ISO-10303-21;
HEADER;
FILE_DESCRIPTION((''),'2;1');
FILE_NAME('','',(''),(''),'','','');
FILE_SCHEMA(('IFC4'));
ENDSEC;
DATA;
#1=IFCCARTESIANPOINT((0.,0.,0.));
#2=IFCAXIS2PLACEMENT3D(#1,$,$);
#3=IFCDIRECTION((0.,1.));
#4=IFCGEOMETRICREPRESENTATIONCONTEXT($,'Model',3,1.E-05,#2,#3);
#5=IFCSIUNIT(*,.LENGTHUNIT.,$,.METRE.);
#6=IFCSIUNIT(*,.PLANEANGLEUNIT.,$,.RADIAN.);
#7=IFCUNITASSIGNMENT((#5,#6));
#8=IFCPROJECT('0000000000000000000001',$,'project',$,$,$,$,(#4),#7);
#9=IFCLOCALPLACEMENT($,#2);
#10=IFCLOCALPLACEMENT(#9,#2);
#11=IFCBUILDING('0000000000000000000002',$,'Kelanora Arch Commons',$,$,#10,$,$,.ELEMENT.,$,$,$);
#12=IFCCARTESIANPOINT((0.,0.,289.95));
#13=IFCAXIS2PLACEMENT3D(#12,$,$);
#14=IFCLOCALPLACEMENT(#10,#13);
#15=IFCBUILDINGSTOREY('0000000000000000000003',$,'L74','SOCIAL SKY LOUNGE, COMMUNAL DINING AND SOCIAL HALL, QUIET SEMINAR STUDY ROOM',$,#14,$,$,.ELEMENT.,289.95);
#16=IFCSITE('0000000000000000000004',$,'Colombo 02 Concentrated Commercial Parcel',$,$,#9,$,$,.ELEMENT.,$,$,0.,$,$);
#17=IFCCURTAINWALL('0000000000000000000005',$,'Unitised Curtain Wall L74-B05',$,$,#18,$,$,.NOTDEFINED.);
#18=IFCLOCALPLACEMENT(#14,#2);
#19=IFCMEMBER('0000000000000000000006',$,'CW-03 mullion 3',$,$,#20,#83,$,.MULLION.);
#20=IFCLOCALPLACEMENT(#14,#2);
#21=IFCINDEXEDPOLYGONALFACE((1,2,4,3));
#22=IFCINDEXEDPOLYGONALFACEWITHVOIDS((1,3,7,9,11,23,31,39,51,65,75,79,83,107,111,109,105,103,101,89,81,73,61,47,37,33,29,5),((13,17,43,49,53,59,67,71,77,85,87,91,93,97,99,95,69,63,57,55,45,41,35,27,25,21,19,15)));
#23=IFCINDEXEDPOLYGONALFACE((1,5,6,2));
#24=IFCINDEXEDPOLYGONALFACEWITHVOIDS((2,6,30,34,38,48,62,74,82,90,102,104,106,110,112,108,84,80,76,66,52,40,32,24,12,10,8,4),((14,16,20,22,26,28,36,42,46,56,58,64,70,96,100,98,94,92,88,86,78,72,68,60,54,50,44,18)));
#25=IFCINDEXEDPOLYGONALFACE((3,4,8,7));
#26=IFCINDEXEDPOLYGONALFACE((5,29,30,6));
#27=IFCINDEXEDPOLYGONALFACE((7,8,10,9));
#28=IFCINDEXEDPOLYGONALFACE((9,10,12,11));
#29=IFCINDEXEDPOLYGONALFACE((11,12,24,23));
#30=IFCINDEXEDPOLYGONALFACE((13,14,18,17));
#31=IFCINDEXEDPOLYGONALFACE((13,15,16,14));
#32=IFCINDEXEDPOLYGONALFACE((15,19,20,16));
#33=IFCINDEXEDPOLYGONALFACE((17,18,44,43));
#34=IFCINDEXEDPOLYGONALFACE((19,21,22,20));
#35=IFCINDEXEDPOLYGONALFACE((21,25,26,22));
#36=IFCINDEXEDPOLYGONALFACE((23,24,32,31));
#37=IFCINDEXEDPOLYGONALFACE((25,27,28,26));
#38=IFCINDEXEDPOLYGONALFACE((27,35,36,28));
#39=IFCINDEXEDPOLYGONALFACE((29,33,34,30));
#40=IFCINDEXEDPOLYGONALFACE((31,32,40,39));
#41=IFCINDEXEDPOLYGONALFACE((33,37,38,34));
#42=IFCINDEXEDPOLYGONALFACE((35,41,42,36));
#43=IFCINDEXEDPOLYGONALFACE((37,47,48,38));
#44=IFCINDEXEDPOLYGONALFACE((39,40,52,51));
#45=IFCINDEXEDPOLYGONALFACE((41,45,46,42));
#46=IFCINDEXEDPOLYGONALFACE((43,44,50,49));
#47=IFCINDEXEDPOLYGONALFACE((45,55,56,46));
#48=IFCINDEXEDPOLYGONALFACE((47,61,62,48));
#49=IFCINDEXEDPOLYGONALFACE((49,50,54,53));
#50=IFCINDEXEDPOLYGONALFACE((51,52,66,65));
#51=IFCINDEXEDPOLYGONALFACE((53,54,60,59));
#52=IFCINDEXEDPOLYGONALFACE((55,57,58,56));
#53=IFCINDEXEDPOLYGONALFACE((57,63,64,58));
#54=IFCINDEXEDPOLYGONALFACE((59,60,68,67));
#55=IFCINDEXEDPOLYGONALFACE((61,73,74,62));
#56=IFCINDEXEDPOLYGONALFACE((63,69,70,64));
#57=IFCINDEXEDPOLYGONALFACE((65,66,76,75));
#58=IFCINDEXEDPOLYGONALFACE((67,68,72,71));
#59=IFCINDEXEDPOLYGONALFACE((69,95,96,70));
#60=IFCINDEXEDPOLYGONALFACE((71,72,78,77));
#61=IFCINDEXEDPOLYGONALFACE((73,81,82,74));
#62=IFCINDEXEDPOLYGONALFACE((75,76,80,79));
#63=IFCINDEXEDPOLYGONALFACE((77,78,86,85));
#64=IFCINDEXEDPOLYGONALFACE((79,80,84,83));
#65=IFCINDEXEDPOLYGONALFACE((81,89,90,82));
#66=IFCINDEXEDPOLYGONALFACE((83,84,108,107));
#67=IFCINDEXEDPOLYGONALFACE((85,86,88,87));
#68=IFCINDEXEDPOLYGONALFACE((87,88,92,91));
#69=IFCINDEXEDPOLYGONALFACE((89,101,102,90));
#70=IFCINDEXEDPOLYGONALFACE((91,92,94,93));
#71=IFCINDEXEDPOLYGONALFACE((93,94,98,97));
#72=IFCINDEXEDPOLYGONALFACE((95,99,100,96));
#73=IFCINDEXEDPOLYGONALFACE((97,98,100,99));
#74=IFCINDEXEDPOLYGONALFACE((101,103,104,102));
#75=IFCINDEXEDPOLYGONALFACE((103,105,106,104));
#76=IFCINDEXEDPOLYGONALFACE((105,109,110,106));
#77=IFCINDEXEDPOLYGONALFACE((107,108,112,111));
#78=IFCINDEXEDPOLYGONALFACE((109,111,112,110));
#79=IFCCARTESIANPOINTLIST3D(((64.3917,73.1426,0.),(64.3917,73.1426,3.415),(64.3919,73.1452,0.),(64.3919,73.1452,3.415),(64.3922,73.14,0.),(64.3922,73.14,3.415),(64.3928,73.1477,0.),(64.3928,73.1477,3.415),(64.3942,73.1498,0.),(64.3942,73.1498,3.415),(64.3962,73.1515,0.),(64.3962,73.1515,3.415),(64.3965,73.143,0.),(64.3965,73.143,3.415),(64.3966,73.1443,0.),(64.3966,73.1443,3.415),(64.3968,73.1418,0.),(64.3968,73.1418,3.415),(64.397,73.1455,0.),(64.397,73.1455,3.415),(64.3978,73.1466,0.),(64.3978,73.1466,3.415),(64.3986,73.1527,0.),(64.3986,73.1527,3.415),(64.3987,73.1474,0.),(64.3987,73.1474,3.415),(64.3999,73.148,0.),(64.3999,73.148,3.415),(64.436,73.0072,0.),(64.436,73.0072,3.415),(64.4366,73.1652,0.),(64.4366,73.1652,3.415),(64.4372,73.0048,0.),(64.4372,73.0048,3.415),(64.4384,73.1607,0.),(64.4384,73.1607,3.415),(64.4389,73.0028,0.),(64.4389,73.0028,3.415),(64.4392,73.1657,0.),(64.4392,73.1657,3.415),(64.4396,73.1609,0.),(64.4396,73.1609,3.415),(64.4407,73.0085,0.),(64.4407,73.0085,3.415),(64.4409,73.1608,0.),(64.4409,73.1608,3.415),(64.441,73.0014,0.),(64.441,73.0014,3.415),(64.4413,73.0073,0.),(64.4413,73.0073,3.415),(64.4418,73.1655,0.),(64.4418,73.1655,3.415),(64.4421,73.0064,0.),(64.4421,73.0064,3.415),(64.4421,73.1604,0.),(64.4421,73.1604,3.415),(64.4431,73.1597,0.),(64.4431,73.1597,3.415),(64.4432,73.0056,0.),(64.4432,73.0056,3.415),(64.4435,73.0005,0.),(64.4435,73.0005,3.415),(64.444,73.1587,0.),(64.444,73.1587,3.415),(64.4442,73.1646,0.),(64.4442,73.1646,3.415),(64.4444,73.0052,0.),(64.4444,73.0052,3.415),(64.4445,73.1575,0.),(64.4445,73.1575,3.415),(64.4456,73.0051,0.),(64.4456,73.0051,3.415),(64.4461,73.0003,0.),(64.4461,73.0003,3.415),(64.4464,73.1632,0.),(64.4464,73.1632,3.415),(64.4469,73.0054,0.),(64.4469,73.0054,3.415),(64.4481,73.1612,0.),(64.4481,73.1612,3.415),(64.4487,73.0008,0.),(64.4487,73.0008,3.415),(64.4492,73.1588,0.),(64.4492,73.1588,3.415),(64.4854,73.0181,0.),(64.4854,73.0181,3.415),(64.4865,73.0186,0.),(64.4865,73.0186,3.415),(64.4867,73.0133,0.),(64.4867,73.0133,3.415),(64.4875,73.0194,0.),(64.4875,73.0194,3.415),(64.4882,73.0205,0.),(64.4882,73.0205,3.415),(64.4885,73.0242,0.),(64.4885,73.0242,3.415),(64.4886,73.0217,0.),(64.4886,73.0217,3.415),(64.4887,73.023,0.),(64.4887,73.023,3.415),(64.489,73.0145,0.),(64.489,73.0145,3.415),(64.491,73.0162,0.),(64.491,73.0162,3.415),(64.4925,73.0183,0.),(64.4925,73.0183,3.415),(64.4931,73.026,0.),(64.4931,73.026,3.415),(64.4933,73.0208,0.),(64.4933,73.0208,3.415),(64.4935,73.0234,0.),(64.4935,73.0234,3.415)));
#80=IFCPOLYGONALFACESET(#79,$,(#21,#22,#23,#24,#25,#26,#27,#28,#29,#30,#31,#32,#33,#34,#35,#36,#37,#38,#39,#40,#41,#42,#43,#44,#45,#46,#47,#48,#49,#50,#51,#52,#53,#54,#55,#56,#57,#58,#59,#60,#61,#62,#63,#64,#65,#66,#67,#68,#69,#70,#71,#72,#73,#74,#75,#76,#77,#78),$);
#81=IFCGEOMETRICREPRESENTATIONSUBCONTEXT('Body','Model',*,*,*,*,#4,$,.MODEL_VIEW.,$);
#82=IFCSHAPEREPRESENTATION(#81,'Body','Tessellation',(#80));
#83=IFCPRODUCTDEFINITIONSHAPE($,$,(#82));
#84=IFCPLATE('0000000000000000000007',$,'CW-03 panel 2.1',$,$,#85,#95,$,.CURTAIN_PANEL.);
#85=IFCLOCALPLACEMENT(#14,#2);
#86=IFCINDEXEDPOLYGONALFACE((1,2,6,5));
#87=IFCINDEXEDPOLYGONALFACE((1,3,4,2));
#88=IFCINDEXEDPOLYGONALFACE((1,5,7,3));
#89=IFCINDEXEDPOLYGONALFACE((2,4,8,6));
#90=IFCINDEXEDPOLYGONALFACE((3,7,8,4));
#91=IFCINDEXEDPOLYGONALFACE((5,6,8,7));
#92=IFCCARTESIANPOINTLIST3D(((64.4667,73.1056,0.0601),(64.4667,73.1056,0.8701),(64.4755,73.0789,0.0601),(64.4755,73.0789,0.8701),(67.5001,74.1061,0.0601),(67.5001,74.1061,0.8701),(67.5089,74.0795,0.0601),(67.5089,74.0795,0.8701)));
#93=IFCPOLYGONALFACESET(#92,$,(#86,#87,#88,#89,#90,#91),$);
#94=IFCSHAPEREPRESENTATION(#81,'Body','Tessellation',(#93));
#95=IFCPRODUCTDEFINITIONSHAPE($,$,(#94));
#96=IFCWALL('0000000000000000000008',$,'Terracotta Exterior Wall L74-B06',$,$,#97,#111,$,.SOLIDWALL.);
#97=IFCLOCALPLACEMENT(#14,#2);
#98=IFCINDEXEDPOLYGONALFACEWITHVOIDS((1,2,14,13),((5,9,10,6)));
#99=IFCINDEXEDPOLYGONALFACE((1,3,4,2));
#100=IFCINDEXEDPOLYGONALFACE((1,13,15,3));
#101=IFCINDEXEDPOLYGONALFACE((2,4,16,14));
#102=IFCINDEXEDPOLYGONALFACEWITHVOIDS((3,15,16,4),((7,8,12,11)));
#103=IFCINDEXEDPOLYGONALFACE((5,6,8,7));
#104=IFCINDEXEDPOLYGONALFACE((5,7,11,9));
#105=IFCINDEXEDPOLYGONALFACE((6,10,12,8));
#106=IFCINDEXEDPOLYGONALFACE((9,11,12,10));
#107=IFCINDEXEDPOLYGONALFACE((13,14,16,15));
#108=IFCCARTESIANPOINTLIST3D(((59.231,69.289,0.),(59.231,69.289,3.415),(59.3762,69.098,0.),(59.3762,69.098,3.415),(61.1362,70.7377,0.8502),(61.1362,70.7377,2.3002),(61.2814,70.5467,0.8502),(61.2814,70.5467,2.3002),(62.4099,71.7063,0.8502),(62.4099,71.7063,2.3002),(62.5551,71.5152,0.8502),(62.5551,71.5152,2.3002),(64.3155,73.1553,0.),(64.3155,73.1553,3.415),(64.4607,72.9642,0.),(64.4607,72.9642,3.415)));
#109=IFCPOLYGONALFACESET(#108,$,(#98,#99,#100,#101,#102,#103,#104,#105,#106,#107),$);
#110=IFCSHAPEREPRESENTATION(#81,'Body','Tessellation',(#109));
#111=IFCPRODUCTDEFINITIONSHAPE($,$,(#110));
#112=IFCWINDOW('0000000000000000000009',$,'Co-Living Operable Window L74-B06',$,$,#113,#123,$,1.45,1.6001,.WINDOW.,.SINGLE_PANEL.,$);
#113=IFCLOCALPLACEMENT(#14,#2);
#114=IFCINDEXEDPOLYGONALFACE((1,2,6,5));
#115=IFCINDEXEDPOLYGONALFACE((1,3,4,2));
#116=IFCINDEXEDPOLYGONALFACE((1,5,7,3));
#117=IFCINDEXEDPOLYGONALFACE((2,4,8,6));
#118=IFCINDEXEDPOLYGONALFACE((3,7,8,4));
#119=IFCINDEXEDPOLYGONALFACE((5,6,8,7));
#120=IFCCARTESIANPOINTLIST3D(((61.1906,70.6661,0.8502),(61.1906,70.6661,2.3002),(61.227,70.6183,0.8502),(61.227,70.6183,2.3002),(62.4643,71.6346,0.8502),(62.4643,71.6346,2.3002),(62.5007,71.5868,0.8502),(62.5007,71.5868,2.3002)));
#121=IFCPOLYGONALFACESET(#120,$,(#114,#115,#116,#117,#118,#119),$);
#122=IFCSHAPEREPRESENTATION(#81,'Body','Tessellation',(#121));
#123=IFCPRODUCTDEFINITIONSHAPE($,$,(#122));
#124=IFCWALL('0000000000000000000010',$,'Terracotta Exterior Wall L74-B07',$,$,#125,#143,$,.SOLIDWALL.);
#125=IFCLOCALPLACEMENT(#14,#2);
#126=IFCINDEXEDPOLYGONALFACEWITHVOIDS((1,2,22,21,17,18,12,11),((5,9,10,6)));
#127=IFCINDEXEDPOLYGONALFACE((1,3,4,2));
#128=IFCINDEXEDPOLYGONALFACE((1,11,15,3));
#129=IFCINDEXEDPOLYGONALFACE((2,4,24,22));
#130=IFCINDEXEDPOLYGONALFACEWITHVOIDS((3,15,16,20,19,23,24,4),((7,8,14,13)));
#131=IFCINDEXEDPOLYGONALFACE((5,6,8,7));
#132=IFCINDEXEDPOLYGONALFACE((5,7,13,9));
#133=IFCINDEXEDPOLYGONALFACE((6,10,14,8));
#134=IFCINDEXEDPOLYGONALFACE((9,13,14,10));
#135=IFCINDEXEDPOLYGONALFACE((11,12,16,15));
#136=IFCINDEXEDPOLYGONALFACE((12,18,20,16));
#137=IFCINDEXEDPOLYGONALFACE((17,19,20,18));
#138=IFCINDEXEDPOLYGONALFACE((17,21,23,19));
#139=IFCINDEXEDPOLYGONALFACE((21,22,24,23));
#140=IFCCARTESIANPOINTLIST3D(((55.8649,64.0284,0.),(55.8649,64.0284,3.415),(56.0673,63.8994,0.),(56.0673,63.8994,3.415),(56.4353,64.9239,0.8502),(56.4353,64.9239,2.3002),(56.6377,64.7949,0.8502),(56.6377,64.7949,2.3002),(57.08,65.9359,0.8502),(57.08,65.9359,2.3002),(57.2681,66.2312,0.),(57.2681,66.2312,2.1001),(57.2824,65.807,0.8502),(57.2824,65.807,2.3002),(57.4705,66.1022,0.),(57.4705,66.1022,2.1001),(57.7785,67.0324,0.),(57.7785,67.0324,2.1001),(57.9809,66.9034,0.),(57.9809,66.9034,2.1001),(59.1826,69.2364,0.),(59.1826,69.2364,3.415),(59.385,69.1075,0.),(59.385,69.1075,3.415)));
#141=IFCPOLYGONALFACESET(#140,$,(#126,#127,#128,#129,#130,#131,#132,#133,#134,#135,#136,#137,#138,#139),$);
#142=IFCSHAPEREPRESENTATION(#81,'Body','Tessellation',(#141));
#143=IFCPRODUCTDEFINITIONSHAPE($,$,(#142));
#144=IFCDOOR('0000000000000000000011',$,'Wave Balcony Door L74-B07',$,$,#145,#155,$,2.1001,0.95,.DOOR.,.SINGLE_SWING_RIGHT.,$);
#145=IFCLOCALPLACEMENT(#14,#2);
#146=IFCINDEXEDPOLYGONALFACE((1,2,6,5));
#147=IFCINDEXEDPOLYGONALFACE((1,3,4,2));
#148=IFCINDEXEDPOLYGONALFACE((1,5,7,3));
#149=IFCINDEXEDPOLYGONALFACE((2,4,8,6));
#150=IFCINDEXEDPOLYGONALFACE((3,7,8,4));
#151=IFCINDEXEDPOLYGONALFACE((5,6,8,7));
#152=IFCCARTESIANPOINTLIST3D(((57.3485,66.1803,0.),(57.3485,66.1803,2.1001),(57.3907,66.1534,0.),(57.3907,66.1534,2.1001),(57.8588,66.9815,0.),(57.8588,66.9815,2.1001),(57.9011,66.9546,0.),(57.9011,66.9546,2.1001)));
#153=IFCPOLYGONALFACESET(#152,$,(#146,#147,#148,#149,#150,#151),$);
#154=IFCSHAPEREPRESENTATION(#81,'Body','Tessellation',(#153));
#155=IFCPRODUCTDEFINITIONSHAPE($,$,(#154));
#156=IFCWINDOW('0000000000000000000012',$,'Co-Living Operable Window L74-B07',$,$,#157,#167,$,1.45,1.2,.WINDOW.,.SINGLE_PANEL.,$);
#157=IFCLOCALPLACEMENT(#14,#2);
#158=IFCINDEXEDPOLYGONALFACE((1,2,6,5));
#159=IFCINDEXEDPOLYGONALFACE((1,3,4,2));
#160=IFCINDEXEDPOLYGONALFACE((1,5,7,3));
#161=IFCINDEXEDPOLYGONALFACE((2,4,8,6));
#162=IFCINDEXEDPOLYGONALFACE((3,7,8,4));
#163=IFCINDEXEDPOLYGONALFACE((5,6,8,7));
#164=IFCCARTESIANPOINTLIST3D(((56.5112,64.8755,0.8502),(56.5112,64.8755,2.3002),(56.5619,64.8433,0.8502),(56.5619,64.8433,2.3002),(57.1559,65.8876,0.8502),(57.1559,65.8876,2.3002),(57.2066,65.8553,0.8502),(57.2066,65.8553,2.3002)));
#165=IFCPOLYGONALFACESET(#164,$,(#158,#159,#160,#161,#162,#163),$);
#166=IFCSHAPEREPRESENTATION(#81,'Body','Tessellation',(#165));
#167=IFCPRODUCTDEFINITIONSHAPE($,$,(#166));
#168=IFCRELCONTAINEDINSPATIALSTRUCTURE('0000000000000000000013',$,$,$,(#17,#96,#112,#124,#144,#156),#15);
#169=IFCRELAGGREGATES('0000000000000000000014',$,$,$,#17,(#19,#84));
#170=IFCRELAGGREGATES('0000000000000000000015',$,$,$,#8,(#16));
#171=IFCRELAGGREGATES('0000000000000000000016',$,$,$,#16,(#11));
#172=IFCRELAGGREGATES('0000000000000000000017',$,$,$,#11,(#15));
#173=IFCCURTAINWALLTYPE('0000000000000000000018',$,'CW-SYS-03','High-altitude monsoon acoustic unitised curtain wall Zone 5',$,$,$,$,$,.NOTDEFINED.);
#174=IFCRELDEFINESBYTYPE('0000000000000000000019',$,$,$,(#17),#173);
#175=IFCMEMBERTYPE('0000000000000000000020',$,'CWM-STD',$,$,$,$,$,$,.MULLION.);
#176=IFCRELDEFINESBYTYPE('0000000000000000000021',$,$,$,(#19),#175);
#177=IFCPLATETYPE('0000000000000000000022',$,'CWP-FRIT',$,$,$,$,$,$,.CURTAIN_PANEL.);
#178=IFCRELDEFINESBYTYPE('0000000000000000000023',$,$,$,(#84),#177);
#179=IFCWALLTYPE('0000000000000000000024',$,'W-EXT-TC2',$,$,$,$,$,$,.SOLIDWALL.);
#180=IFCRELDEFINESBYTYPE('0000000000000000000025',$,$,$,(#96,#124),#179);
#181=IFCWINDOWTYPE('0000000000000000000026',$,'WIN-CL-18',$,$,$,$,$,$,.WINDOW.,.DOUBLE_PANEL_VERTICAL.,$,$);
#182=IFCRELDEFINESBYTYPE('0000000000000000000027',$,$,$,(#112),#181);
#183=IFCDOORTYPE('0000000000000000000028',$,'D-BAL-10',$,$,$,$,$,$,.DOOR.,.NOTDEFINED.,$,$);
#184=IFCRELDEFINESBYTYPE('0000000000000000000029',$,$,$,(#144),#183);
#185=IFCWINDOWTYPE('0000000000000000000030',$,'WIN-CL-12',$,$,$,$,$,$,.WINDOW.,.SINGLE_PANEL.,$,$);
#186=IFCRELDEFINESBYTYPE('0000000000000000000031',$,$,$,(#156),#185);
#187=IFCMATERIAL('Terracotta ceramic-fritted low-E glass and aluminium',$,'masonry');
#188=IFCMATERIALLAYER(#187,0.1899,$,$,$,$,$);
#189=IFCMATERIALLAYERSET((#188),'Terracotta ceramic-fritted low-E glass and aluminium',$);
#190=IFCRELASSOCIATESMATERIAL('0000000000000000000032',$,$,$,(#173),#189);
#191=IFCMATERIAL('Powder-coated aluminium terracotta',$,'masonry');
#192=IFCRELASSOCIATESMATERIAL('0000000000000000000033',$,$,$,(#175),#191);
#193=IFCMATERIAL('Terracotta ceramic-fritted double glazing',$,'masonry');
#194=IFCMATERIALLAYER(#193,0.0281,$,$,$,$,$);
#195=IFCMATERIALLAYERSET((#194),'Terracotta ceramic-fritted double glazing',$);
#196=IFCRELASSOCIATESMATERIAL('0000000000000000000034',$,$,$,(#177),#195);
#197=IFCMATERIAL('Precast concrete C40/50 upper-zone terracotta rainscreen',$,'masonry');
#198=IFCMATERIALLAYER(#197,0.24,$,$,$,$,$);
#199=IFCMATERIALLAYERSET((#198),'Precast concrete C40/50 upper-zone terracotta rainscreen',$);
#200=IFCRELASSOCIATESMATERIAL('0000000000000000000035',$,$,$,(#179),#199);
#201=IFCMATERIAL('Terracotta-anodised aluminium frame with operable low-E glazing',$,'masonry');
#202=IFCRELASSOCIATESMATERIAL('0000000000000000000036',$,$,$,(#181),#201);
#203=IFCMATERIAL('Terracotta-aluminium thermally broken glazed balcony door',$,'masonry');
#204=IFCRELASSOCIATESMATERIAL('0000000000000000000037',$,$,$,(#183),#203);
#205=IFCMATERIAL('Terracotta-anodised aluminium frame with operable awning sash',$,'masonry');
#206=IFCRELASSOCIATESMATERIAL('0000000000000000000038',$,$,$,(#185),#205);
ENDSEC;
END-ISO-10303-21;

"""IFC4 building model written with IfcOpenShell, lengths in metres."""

from ifc_helpers import new_model, si_unit, direction, frame, frame_2d, origin, origin_2d, place, context, subcontext, project, spatial, rectangle, hollow_rectangle, extrude, source, transform, mapped, material, layer, layer_set, material_profile, profile_set, type_object, element, fill, aggregate, save


model = new_model("IFC4")

# Units and contexts
model_context = context("Model", 3, precision=1e-05, world=origin(), true_north=direction((0.0, 1.0)))
body_context = subcontext(model_context, "Body", "Model", "MODEL_VIEW")
ifc_project = project(units=[si_unit("LENGTHUNIT", "METRE"), si_unit("PLANEANGLEUNIT", "RADIAN")], contexts=[model_context])

# Site, building, storey
site_placement = place(None, origin())
site = spatial("IfcSite", under=ifc_project, at=site_placement, Name="Colombo 02 Concentrated Commercial Parcel", CompositionType="ELEMENT", RefElevation=0.0)
building_placement = place(site_placement, origin())
building = spatial("IfcBuilding", under=site, at=building_placement, Name="Kelanora Arch Commons", CompositionType="ELEMENT")
storey_placement = place(building_placement, frame((0.0, 0.0, 289.95)))
storey = spatial("IfcBuildingStorey", under=building, at=storey_placement, Name="L74", Description="SOCIAL SKY LOUNGE, COMMUNAL DINING AND SOCIAL HALL, QUIET SEMINAR STUDY ROOM", CompositionType="ELEMENT", Elevation=289.95)

# Curtain wall, member, plate
ifc_material_1 = material(Name="Terracotta ceramic-fritted low-E glass and aluminium", Category="masonry")
ifc_layer_1 = layer(ifc_material_1, 0.1899)
ifc_layer_set_1 = layer_set([ifc_layer_1], Name="Terracotta ceramic-fritted low-E glass and aluminium")
curtain_wall_type = type_object("IfcCurtainWallType", Name="CW-SYS-03", Description="High-altitude monsoon acoustic unitised curtain wall Zone 5", PredefinedType="NOTDEFINED", material=ifc_layer_set_1)
curtain_wall_placement = place(storey_placement, origin())
curtain_wall = element("IfcCurtainWall", 1, at=curtain_wall_placement, inside=storey, type_object=curtain_wall_type, Name="Unitised Curtain Wall L74-B05", PredefinedType="NOTDEFINED")
ifc_material_2 = material(Name="Powder-coated aluminium terracotta", Category="masonry")
ifc_material_profile_1 = material_profile(ifc_material_2, hollow_rectangle(XDim=0.1599, YDim=0.0601, WallThickness=0.0049, InnerFilletRadius=0.0049, OuterFilletRadius=0.01, at=origin_2d()), Name="CWM160x60")
ifc_profile_set_1 = profile_set([ifc_material_profile_1], Name="Powder-coated aluminium terracotta")
member_type = type_object("IfcMemberType", Name="CWM-STD", PredefinedType="MULLION", material=ifc_profile_set_1)
member_placement = place(storey_placement, frame((64.4426, 73.083, 0.0), z_axis=(0.0, 0.0, 1.0), x_axis=(0.313253, -0.94967, 0.0)))
member = element("IfcMember", 2, at=member_placement, type_object=member_type, Name="CW-03 mullion 3", PredefinedType="MULLION", context=body_context, shape_type="SweptSolid", body=[
    extrude(hollow_rectangle(XDim=0.1599, YDim=0.0601, WallThickness=0.0049, InnerFilletRadius=0.0049, OuterFilletRadius=0.01, at=origin_2d()), origin(), (0.0, 0.0, 1.0), 3.415),
])
ifc_material_3 = material(Name="Terracotta ceramic-fritted double glazing", Category="masonry")
ifc_layer_2 = layer(ifc_material_3, 0.0281)
ifc_layer_set_2 = layer_set([ifc_layer_2], Name="Terracotta ceramic-fritted double glazing")
plate_type = type_object("IfcPlateType", Name="CWP-FRIT", PredefinedType="CURTAIN_PANEL", material=ifc_layer_set_2)
shared_shape_1 = source(origin(), body_context, "Body", "SweptSolid", [
    extrude(rectangle(XDim=3.1941, YDim=0.0281, at=origin_2d()), origin(), (0.0, 0.0, 1.0), 0.8101),
])
plate_placement = place(storey_placement, frame((65.9878, 73.5925, 0.0601), z_axis=(0.0, 0.0, 1.0), x_axis=(-0.94967, -0.313253, 0.0)))
plate = element("IfcPlate", 3, at=plate_placement, type_object=plate_type, Name="CW-03 panel 2.1", PredefinedType="CURTAIN_PANEL", context=body_context, shape_type="MappedRepresentation", body=[
    mapped(shared_shape_1, transform((0.0, 0.0, 0.0), scale=1.0)),
])
aggregate(curtain_wall, [member, plate])

# Wall, opening, window
ifc_material_4 = material(Name="Precast concrete C40/50 upper-zone terracotta rainscreen", Category="masonry")
ifc_layer_3 = layer(ifc_material_4, 0.24)
ifc_layer_set_3 = layer_set([ifc_layer_3], Name="Precast concrete C40/50 upper-zone terracotta rainscreen")
wall_type_1 = type_object("IfcWallType", Name="W-EXT-TC2", PredefinedType="SOLIDWALL", material=ifc_layer_set_3)
wall_1_placement = place(storey_placement, frame((64.3882, 73.0598, 0.0), z_axis=(0.0, 0.0, 1.0), x_axis=(-0.79601, -0.605283, 0.0)))
wall_1 = element("IfcWall", 4, at=wall_1_placement, inside=storey, type_object=wall_type_1, Name="Terracotta Exterior Wall L74-B06", PredefinedType="SOLIDWALL", context=body_context, shape_type="SweptSolid", body=[
    extrude(rectangle(XDim=6.3875, YDim=0.24, at=frame_2d((3.1938, 0.0))), origin(), (0.0, 0.0, 1.0), 3.415),
])
opening_1_placement = place(wall_1_placement, frame((2.394, 0.0, 0.8501)))
opening_1 = element("IfcOpeningElement", 5, at=opening_1_placement, cuts=wall_1, PredefinedType="OPENING", context=body_context, shape_type="SweptSolid", body=[
    extrude(rectangle(XDim=1.6001, YDim=1.45, at=frame_2d((0.8, 0.7251))), frame((0.0, 0.1299, 0.0), z_axis=(0.0, -1.0, 0.0), x_axis=(1.0, 0.0, 0.0)), (0.0, 0.0, 1.0), 0.26),
])
ifc_material_5 = material(Name="Terracotta-anodised aluminium frame with operable low-E glazing", Category="masonry")
window_type_1 = type_object("IfcWindowType", Name="WIN-CL-18", PartitioningType="DOUBLE_PANEL_VERTICAL", PredefinedType="WINDOW", material=ifc_material_5)
window_1_placement = place(opening_1_placement, origin())
window_1 = element("IfcWindow", 6, at=window_1_placement, inside=storey, type_object=window_type_1, Name="Co-Living Operable Window L74-B06", OverallHeight=1.45, OverallWidth=1.6001, PartitioningType="SINGLE_PANEL", PredefinedType="WINDOW", context=body_context, shape_type="SweptSolid", body=[
    extrude(rectangle(XDim=1.6001, YDim=1.45, at=frame_2d((0.8, 0.7251))), frame((0.0, 0.03, 0.0), z_axis=(0.0, -1.0, 0.0), x_axis=(1.0, 0.0, 0.0)), (0.0, 0.0, 1.0), 0.0601),
])
fill(opening_1, window_1)

# Wall, openings, door, window
wall_2_placement = place(storey_placement, frame((59.2837, 69.1719, 0.0), z_axis=(0.0, 0.0, 1.0), x_axis=(-0.537272, -0.843409, 0.0)))
wall_2 = element("IfcWall", 7, at=wall_2_placement, inside=storey, type_object=wall_type_1, Name="Terracotta Exterior Wall L74-B07", PredefinedType="SOLIDWALL", context=body_context, shape_type="SweptSolid", body=[
    extrude(rectangle(XDim=6.175, YDim=0.24, at=frame_2d((3.0874, 0.0))), origin(), (0.0, 0.0, 1.0), 3.415),
])
opening_2_placement = place(wall_2_placement, frame((2.613, 0.0, 0.0)))
opening_2 = element("IfcOpeningElement", 8, at=opening_2_placement, cuts=wall_2, PredefinedType="OPENING", context=body_context, shape_type="SweptSolid", body=[
    extrude(rectangle(XDim=0.95, YDim=2.1001, at=frame_2d((0.4751, 1.05))), frame((0.0, 0.1299, 0.0), z_axis=(0.0, -1.0, 0.0), x_axis=(1.0, 0.0, 0.0)), (0.0, 0.0, 1.0), 0.26),
])
opening_3_placement = place(wall_2_placement, frame((3.9131, 0.0, 0.8501)))
opening_3 = element("IfcOpeningElement", 9, at=opening_3_placement, cuts=wall_2, PredefinedType="OPENING", context=body_context, shape_type="SweptSolid", body=[
    extrude(rectangle(XDim=1.2, YDim=1.45, at=frame_2d((0.6001, 0.7251))), frame((0.0, 0.1299, 0.0), z_axis=(0.0, -1.0, 0.0), x_axis=(1.0, 0.0, 0.0)), (0.0, 0.0, 1.0), 0.26),
])
ifc_material_6 = material(Name="Terracotta-aluminium thermally broken glazed balcony door", Category="masonry")
door_type = type_object("IfcDoorType", Name="D-BAL-10", OperationType="NOTDEFINED", PredefinedType="DOOR", material=ifc_material_6)
door_placement = place(opening_2_placement, frame((0.95, 0.0, 0.0), z_axis=(0.0, 0.0, 1.0), x_axis=(-1.0, 0.0, 0.0)))
door = element("IfcDoor", 10, at=door_placement, inside=storey, type_object=door_type, Name="Wave Balcony Door L74-B07", OperationType="SINGLE_SWING_RIGHT", OverallHeight=2.1001, OverallWidth=0.95, PredefinedType="DOOR", context=body_context, shape_type="SweptSolid", body=[
    extrude(rectangle(XDim=0.95, YDim=2.1001, at=frame_2d((0.4751, 1.05))), frame((0.0, 0.0249, 0.0), z_axis=(0.0, -1.0, 0.0), x_axis=(1.0, 0.0, 0.0)), (0.0, 0.0, 1.0), 0.05),
])
fill(opening_2, door)
ifc_material_7 = material(Name="Terracotta-anodised aluminium frame with operable awning sash", Category="masonry")
window_type_2 = type_object("IfcWindowType", Name="WIN-CL-12", PartitioningType="SINGLE_PANEL", PredefinedType="WINDOW", material=ifc_material_7)
window_2_placement = place(opening_3_placement, origin())
window_2 = element("IfcWindow", 11, at=window_2_placement, inside=storey, type_object=window_type_2, Name="Co-Living Operable Window L74-B07", OverallHeight=1.45, OverallWidth=1.2, PartitioningType="SINGLE_PANEL", PredefinedType="WINDOW", context=body_context, shape_type="SweptSolid", body=[
    extrude(rectangle(XDim=1.2, YDim=1.45, at=frame_2d((0.6001, 0.7251))), frame((0.0, 0.03, 0.0), z_axis=(0.0, -1.0, 0.0), x_axis=(1.0, 0.0, 0.0)), (0.0, 0.0, 1.0), 0.0601),
])
fill(opening_3, window_2)

save(model, "model.ifc")
